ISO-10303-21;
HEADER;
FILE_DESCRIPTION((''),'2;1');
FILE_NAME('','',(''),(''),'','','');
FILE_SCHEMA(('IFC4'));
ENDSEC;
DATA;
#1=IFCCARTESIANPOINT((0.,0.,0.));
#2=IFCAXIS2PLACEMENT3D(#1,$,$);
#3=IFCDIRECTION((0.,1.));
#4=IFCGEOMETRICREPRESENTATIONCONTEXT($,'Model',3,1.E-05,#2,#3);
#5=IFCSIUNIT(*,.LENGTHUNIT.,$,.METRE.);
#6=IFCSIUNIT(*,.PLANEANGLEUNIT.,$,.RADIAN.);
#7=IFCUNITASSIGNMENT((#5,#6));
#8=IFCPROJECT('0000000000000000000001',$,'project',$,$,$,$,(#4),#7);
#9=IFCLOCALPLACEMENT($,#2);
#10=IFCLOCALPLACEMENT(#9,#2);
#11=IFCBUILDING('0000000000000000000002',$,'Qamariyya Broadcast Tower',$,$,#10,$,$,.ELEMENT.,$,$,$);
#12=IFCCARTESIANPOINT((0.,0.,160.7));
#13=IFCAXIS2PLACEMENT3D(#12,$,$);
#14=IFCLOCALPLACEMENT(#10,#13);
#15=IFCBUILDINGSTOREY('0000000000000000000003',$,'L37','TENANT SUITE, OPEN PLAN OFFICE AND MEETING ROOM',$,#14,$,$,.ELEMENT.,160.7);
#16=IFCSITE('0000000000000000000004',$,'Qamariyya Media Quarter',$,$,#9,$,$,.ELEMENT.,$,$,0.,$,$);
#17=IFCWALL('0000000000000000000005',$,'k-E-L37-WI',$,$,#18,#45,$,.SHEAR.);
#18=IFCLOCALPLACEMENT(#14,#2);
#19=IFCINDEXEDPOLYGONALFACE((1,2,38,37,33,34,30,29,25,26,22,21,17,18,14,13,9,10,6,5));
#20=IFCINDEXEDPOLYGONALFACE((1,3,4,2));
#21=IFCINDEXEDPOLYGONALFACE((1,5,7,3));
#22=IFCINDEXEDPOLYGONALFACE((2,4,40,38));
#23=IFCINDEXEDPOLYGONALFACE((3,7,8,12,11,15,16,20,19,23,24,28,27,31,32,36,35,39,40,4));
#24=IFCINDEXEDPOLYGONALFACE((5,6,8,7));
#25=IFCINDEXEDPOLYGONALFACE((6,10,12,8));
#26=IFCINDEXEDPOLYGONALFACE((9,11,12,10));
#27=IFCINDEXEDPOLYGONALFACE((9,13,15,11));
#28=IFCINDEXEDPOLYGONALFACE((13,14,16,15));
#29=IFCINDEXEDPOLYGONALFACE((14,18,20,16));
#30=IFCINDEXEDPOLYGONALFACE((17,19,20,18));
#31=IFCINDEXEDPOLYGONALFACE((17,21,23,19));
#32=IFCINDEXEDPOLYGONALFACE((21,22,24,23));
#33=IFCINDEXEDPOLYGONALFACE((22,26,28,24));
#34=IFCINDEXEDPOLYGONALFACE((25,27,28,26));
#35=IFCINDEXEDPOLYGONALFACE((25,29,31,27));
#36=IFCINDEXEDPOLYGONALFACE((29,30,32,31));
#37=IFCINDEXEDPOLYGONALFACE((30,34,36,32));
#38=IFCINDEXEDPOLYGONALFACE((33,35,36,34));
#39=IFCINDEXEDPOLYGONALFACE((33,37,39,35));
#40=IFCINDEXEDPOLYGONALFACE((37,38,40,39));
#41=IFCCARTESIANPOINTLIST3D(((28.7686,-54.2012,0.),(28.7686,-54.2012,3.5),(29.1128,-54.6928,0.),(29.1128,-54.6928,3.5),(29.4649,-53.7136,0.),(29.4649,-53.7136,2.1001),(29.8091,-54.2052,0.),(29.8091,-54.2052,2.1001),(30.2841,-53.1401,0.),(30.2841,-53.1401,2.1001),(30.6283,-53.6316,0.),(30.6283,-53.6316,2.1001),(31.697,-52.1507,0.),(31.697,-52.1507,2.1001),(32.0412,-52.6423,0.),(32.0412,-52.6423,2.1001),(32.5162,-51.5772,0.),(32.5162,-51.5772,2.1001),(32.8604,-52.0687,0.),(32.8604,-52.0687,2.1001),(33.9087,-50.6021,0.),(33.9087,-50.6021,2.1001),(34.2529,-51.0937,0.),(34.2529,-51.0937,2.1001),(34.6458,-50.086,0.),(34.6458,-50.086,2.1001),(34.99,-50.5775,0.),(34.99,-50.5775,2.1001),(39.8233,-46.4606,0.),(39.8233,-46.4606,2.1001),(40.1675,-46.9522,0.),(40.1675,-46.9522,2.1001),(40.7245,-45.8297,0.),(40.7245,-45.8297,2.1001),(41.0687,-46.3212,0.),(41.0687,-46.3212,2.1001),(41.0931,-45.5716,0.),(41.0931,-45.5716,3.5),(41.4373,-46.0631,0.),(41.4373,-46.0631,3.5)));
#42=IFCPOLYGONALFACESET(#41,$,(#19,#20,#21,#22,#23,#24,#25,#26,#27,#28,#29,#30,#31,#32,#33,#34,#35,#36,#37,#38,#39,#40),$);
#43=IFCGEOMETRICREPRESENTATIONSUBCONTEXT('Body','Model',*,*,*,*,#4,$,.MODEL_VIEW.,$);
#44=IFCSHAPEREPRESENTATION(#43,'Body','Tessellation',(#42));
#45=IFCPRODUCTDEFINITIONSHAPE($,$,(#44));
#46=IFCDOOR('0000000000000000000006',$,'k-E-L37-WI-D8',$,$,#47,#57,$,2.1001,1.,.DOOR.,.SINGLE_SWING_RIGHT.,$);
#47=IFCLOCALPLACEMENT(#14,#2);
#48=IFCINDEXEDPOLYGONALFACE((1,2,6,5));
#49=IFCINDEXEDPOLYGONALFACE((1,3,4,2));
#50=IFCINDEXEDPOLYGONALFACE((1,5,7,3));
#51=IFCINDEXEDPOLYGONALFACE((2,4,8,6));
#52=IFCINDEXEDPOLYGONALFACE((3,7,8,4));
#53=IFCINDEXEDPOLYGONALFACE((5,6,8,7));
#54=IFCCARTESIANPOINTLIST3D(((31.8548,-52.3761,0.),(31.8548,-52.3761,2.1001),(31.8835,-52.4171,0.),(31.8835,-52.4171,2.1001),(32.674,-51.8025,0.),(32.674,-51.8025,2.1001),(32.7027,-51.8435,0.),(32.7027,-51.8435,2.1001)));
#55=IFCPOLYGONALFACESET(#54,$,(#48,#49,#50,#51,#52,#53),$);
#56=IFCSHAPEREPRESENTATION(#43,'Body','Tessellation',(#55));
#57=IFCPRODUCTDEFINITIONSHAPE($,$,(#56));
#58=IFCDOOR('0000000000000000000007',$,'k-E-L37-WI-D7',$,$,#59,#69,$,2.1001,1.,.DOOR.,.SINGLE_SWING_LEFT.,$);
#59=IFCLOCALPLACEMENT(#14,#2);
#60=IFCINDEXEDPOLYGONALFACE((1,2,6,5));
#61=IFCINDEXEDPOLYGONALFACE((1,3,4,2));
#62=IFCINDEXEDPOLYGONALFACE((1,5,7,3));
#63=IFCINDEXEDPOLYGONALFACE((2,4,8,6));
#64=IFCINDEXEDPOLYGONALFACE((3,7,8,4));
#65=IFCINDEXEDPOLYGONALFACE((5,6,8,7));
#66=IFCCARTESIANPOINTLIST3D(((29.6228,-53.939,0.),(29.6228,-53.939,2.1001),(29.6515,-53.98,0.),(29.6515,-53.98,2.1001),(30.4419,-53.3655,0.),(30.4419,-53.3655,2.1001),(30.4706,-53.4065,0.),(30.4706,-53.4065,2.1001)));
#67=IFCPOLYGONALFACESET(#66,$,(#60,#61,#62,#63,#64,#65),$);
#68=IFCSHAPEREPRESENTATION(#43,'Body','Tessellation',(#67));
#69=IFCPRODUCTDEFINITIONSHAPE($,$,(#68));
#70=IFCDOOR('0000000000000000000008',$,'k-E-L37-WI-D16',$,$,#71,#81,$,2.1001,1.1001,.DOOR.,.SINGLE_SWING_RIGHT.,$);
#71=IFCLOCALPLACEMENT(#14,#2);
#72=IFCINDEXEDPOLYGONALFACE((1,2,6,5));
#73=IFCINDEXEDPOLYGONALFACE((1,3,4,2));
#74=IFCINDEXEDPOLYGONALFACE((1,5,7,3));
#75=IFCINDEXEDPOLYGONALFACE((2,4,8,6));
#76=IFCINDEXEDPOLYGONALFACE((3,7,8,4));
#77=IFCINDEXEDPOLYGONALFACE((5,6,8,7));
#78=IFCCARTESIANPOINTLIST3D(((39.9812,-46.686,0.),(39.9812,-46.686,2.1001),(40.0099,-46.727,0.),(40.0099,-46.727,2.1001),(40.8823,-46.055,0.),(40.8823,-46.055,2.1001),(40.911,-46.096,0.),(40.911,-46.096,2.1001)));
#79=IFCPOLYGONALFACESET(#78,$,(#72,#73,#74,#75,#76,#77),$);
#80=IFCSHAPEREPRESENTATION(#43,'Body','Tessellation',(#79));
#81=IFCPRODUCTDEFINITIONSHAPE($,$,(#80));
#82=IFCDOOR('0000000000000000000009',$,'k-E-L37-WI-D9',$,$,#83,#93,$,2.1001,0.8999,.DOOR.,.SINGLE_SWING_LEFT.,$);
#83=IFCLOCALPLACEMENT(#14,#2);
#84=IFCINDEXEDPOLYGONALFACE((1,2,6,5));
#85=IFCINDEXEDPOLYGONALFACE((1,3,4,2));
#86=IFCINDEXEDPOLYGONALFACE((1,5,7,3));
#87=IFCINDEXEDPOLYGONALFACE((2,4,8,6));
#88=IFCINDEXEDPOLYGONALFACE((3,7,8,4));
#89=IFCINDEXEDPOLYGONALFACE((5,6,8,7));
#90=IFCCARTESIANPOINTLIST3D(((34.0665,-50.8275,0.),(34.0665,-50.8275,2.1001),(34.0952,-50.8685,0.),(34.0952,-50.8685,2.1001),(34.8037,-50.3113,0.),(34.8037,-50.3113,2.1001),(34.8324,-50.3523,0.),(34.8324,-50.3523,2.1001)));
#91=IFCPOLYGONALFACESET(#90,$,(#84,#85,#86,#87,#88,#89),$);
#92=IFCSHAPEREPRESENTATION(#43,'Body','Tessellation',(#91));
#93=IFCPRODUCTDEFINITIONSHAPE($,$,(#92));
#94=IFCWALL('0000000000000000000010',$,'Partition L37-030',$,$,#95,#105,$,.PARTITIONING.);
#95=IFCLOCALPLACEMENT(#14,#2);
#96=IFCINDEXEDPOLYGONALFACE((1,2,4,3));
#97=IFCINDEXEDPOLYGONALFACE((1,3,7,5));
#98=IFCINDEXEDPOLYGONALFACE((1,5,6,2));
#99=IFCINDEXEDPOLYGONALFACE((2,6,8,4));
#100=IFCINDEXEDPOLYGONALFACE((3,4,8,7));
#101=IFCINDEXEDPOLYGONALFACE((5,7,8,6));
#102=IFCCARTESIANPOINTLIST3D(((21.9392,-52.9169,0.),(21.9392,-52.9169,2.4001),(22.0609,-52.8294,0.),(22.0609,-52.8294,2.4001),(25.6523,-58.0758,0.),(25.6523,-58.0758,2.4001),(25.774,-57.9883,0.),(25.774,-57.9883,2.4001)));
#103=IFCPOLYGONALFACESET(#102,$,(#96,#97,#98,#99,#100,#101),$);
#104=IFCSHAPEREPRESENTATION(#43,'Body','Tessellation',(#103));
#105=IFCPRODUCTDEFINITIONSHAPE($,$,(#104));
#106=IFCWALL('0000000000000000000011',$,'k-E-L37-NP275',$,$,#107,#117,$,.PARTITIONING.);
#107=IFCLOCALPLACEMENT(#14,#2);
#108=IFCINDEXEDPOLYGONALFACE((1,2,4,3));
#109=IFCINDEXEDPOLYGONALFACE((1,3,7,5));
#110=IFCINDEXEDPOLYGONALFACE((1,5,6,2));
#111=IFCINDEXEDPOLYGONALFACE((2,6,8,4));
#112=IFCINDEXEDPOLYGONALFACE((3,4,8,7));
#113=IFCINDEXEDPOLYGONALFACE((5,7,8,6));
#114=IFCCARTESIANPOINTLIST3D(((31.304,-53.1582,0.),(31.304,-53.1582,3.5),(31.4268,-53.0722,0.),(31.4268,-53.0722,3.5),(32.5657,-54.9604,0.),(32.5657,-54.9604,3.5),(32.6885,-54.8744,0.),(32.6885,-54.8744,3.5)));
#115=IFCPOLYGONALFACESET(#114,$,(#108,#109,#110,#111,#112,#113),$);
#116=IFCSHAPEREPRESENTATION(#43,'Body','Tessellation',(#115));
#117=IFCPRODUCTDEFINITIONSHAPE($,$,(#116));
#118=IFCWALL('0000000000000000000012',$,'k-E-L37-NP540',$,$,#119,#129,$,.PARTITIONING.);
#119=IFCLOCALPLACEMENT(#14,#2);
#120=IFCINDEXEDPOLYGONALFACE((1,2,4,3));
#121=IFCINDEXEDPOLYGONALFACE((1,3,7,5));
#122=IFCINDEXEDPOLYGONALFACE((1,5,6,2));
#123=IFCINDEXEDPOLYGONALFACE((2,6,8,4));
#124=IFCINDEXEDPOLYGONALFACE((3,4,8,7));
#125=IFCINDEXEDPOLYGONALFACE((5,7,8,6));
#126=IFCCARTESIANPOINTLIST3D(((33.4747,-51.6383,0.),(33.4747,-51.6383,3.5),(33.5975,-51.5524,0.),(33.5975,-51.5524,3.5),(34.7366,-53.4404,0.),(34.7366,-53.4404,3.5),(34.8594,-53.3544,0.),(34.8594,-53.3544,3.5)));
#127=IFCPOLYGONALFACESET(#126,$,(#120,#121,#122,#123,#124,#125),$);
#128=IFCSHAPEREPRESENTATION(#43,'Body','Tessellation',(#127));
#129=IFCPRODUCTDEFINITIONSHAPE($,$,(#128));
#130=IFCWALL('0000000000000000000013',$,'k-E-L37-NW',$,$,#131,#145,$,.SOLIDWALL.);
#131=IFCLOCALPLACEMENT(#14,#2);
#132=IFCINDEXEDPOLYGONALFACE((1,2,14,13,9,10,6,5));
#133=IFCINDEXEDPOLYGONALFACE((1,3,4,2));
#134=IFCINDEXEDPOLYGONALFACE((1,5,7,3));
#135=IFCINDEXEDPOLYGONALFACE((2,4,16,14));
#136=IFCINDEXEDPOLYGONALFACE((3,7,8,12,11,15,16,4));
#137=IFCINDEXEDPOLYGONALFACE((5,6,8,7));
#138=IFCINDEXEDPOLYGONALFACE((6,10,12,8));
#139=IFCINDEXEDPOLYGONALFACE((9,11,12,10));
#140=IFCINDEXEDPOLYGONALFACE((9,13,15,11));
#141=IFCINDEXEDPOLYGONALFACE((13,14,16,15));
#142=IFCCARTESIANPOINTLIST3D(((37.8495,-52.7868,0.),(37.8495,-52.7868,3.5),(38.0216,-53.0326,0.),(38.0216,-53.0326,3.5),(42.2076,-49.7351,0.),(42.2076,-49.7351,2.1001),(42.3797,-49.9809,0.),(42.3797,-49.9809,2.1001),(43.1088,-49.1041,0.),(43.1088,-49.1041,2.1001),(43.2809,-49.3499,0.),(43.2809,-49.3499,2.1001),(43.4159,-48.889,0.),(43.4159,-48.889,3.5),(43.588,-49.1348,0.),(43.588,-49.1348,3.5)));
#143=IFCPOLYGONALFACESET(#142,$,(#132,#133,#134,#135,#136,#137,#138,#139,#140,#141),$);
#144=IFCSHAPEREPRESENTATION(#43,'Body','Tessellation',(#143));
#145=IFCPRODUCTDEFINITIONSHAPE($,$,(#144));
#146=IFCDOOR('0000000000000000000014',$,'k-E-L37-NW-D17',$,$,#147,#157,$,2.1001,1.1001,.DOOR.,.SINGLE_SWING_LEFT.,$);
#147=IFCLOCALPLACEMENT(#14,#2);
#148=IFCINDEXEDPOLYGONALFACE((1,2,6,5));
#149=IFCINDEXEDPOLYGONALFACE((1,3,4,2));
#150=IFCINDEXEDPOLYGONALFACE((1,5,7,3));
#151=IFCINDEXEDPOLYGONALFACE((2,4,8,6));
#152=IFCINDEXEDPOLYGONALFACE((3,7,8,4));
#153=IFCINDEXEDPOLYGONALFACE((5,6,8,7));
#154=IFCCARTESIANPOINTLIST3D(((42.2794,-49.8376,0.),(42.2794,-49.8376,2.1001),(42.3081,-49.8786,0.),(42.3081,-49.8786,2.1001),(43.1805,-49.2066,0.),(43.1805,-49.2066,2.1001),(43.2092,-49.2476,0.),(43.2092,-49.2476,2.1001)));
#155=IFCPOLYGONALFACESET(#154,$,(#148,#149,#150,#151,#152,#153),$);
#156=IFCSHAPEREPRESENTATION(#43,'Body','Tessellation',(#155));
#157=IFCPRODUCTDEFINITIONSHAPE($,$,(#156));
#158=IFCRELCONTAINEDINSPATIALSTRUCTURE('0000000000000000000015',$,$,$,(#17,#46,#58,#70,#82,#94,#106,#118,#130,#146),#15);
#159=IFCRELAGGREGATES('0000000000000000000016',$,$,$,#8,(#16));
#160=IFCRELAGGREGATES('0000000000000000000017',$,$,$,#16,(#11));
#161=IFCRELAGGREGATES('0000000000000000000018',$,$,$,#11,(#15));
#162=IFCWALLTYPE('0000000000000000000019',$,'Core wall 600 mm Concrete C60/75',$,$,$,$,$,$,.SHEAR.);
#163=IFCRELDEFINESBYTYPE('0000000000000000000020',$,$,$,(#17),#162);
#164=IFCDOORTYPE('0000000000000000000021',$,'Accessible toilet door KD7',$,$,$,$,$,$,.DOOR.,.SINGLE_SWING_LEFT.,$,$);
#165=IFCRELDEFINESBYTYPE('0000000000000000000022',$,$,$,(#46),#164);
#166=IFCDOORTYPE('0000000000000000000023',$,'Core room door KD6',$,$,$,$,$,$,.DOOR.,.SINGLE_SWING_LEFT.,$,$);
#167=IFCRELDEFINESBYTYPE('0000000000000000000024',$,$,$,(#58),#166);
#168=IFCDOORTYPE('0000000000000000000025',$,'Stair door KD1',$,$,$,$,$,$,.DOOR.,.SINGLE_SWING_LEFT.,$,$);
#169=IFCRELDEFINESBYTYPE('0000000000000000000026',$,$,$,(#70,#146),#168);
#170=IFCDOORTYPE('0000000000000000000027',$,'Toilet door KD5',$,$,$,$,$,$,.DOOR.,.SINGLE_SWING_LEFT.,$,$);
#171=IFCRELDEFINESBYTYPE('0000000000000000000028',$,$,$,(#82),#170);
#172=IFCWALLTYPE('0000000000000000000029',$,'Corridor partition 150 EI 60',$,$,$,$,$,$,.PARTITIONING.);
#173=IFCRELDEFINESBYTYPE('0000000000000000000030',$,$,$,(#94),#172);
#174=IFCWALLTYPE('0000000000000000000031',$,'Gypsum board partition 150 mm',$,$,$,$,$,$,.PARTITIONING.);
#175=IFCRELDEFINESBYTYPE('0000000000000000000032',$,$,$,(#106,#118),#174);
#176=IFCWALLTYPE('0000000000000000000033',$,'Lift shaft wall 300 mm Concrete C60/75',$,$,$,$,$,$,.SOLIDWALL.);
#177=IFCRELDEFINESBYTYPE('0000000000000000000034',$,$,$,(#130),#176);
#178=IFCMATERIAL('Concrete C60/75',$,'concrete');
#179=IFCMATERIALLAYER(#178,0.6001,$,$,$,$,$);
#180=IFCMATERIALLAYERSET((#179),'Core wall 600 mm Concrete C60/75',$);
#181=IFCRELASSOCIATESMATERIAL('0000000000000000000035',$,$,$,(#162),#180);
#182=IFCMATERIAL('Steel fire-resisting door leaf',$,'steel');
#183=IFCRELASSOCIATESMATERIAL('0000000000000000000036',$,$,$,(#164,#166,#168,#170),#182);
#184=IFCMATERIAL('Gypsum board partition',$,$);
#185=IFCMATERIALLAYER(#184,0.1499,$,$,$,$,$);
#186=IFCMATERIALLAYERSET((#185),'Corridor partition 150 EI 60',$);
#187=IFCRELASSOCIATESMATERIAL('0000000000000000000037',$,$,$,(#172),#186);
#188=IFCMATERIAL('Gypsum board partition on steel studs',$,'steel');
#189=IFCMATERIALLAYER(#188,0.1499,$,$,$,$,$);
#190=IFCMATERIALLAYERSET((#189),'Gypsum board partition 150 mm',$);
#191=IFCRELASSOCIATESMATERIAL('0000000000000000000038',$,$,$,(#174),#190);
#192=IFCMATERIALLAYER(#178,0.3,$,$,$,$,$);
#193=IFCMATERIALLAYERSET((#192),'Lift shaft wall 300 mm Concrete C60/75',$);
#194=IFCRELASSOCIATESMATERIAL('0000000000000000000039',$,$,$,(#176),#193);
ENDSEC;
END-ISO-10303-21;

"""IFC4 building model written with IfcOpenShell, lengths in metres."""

from ifc_helpers import new_model, si_unit, direction, frame, frame_2d, origin, place, context, subcontext, project, spatial, rectangle, extrude, material, layer, layer_set, type_object, element, fill, save


model = new_model("IFC4")

# Units and contexts
model_context = context("Model", 3, precision=1e-05, world=origin(), true_north=direction((0.0, 1.0)))
body_context = subcontext(model_context, "Body", "Model", "MODEL_VIEW")
ifc_project = project(units=[si_unit("LENGTHUNIT", "METRE"), si_unit("PLANEANGLEUNIT", "RADIAN")], contexts=[model_context])

# Site, building, storey
site_placement = place(None, origin())
site = spatial("IfcSite", under=ifc_project, at=site_placement, Name="Qamariyya Media Quarter", CompositionType="ELEMENT", RefElevation=0.0)
building_placement = place(site_placement, origin())
building = spatial("IfcBuilding", under=site, at=building_placement, Name="Qamariyya Broadcast Tower", CompositionType="ELEMENT")
storey_placement = place(building_placement, frame((0.0, 0.0, 160.7)))
storey = spatial("IfcBuildingStorey", under=building, at=storey_placement, Name="L37", Description="TENANT SUITE, OPEN PLAN OFFICE AND MEETING ROOM", CompositionType="ELEMENT", Elevation=160.7)

# Shared definitions
ifc_material_1 = material(Name="Concrete C60/75", Category="concrete")

# Wall, openings, doors
ifc_layer_1 = layer(ifc_material_1, 0.6001)
ifc_layer_set_1 = layer_set([ifc_layer_1], Name="Core wall 600 mm Concrete C60/75")
wall_type_1 = type_object("IfcWallType", Name="Core wall 600 mm Concrete C60/75", PredefinedType="SHEAR", material=ifc_layer_set_1)
wall_1_placement = place(storey_placement, frame((28.9407, -54.447, 0.0), z_axis=(0.0, 0.0, 1.0), x_axis=(0.819153, 0.573575, 0.0)))
wall_1 = element("IfcWall", 1, at=wall_1_placement, inside=storey, type_object=wall_type_1, Name="k-E-L37-WI", PredefinedType="SHEAR", context=body_context, shape_type="SweptSolid", body=[
    extrude(rectangle(XDim=15.0454, YDim=0.6001, at=frame_2d((7.5227, 0.0))), origin(), (0.0, 0.0, 1.0), 3.5),
])
opening_1_placement = place(wall_1_placement, frame((0.8501, 0.0, 0.0)))
opening_1 = element("IfcOpeningElement", 2, at=opening_1_placement, cuts=wall_1, PredefinedType="OPENING", context=body_context, shape_type="SweptSolid", body=[
    extrude(rectangle(XDim=1.0, YDim=2.1001, at=frame_2d((0.5, 1.05))), frame((0.0, 0.3101, 0.0), z_axis=(0.0, -1.0, 0.0), x_axis=(1.0, 0.0, 0.0)), (0.0, 0.0, 1.0), 0.6201),
])
opening_2_placement = place(wall_1_placement, frame((3.575, 0.0, 0.0)))
opening_2 = element("IfcOpeningElement", 3, at=opening_2_placement, cuts=wall_1, PredefinedType="OPENING", context=body_context, shape_type="SweptSolid", body=[
    extrude(rectangle(XDim=1.0, YDim=2.1001, at=frame_2d((0.5, 1.05))), frame((0.0, 0.3101, 0.0), z_axis=(0.0, -1.0, 0.0), x_axis=(1.0, 0.0, 0.0)), (0.0, 0.0, 1.0), 0.6201),
])
opening_3_placement = place(wall_1_placement, frame((6.2749, 0.0, 0.0)))
opening_3 = element("IfcOpeningElement", 4, at=opening_3_placement, cuts=wall_1, PredefinedType="OPENING", context=body_context, shape_type="SweptSolid", body=[
    extrude(rectangle(XDim=0.8999, YDim=2.1001, at=frame_2d((0.45, 1.05))), frame((0.0, 0.3101, 0.0), z_axis=(0.0, -1.0, 0.0), x_axis=(1.0, 0.0, 0.0)), (0.0, 0.0, 1.0), 0.6201),
])
opening_4_placement = place(wall_1_placement, frame((13.4954, 0.0, 0.0)))
opening_4 = element("IfcOpeningElement", 5, at=opening_4_placement, cuts=wall_1, PredefinedType="OPENING", context=body_context, shape_type="SweptSolid", body=[
    extrude(rectangle(XDim=1.1001, YDim=2.1001, at=frame_2d((0.55, 1.05))), frame((0.0, 0.3101, 0.0), z_axis=(0.0, -1.0, 0.0), x_axis=(1.0, 0.0, 0.0)), (0.0, 0.0, 1.0), 0.6201),
])
ifc_material_2 = material(Name="Steel fire-resisting door leaf", Category="steel")
door_type_1 = type_object("IfcDoorType", Name="Accessible toilet door KD7", OperationType="SINGLE_SWING_LEFT", PredefinedType="DOOR", material=ifc_material_2)
door_1_placement = place(opening_2_placement, origin())
door_1 = element("IfcDoor", 6, at=door_1_placement, inside=storey, type_object=door_type_1, Name="k-E-L37-WI-D8", OperationType="SINGLE_SWING_RIGHT", OverallHeight=2.1001, OverallWidth=1.0, PredefinedType="DOOR", context=body_context, shape_type="SweptSolid", body=[
    extrude(rectangle(XDim=1.0, YDim=2.1001, at=frame_2d((0.5, 1.05))), frame((0.0, 0.0249, 0.0), z_axis=(0.0, -1.0, 0.0), x_axis=(1.0, 0.0, 0.0)), (0.0, 0.0, 1.0), 0.05),
])
fill(opening_2, door_1)
door_type_2 = type_object("IfcDoorType", Name="Core room door KD6", OperationType="SINGLE_SWING_LEFT", PredefinedType="DOOR", material=ifc_material_2)
door_2_placement = place(opening_1_placement, origin())
door_2 = element("IfcDoor", 7, at=door_2_placement, inside=storey, type_object=door_type_2, Name="k-E-L37-WI-D7", OperationType="SINGLE_SWING_LEFT", OverallHeight=2.1001, OverallWidth=1.0, PredefinedType="DOOR", context=body_context, shape_type="SweptSolid", body=[
    extrude(rectangle(XDim=1.0, YDim=2.1001, at=frame_2d((0.5, 1.05))), frame((0.0, 0.0249, 0.0), z_axis=(0.0, -1.0, 0.0), x_axis=(1.0, 0.0, 0.0)), (0.0, 0.0, 1.0), 0.05),
])
fill(opening_1, door_2)
door_type_3 = type_object("IfcDoorType", Name="Stair door KD1", OperationType="SINGLE_SWING_LEFT", PredefinedType="DOOR", material=ifc_material_2)
door_3_placement = place(opening_4_placement, origin())
door_3 = element("IfcDoor", 8, at=door_3_placement, inside=storey, type_object=door_type_3, Name="k-E-L37-WI-D16", OperationType="SINGLE_SWING_RIGHT", OverallHeight=2.1001, OverallWidth=1.1001, PredefinedType="DOOR", context=body_context, shape_type="SweptSolid", body=[
    extrude(rectangle(XDim=1.1001, YDim=2.1001, at=frame_2d((0.55, 1.05))), frame((0.0, 0.0249, 0.0), z_axis=(0.0, -1.0, 0.0), x_axis=(1.0, 0.0, 0.0)), (0.0, 0.0, 1.0), 0.05),
])
fill(opening_4, door_3)
door_type_4 = type_object("IfcDoorType", Name="Toilet door KD5", OperationType="SINGLE_SWING_LEFT", PredefinedType="DOOR", material=ifc_material_2)
door_4_placement = place(opening_3_placement, origin())
door_4 = element("IfcDoor", 9, at=door_4_placement, inside=storey, type_object=door_type_4, Name="k-E-L37-WI-D9", OperationType="SINGLE_SWING_LEFT", OverallHeight=2.1001, OverallWidth=0.8999, PredefinedType="DOOR", context=body_context, shape_type="SweptSolid", body=[
    extrude(rectangle(XDim=0.8999, YDim=2.1001, at=frame_2d((0.45, 1.05))), frame((0.0, 0.0249, 0.0), z_axis=(0.0, -1.0, 0.0), x_axis=(1.0, 0.0, 0.0)), (0.0, 0.0, 1.0), 0.05),
])
fill(opening_3, door_4)

# Walls
ifc_material_3 = material(Name="Gypsum board partition")
ifc_layer_2 = layer(ifc_material_3, 0.1499)
ifc_layer_set_2 = layer_set([ifc_layer_2], Name="Corridor partition 150 EI 60")
wall_type_2 = type_object("IfcWallType", Name="Corridor partition 150 EI 60", PredefinedType="PARTITIONING", material=ifc_layer_set_2)
wall_2_placement = place(storey_placement, frame((22.0, -52.873, 0.0), z_axis=(0.0, 0.0, 1.0), x_axis=(0.58417, -0.811631, 0.0)))
element("IfcWall", 10, at=wall_2_placement, inside=storey, type_object=wall_type_2, Name="Partition L37-030", PredefinedType="PARTITIONING", context=body_context, shape_type="SweptSolid", body=[
    extrude(rectangle(XDim=6.3562, YDim=0.1499, at=frame_2d((3.1782, 0.0))), origin(), (0.0, 0.0, 1.0), 2.4001),
])
ifc_material_4 = material(Name="Gypsum board partition on steel studs", Category="steel")
ifc_layer_3 = layer(ifc_material_4, 0.1499)
ifc_layer_set_3 = layer_set([ifc_layer_3], Name="Gypsum board partition 150 mm")
wall_type_3 = type_object("IfcWallType", Name="Gypsum board partition 150 mm", PredefinedType="PARTITIONING", material=ifc_layer_set_3)
for number, where, z_axis, x_axis, name in (
    (11, (32.6272, -54.9175, 0.0), (0.0, 0.0, 1.0), (-0.573507, 0.819201, 0.0), "k-E-L37-NP275"),
    (12, (34.7981, -53.3975, 0.0), (0.0, 0.0, 1.0), (-0.573634, 0.819112, 0.0), "k-E-L37-NP540"),
):
    element("IfcWall", number, at=place(storey_placement, frame(where, z_axis=z_axis, x_axis=x_axis)), inside=storey, type_object=wall_type_3, Name=name, PredefinedType="PARTITIONING", context=body_context, shape_type="SweptSolid", body=[
        extrude(rectangle(XDim=2.2, YDim=0.1499, at=frame_2d((1.1001, 0.0))), origin(), (0.0, 0.0, 1.0), 3.5),
    ])

# Wall, opening, door
ifc_layer_4 = layer(ifc_material_1, 0.3)
ifc_layer_set_4 = layer_set([ifc_layer_4], Name="Lift shaft wall 300 mm Concrete C60/75")
wall_type_4 = type_object("IfcWallType", Name="Lift shaft wall 300 mm Concrete C60/75", PredefinedType="SOLIDWALL", material=ifc_layer_set_4)
wall_3_placement = place(storey_placement, frame((37.9355, -52.9097, 0.0), z_axis=(0.0, 0.0, 1.0), x_axis=(0.819148, 0.573583, 0.0)))
wall_3 = element("IfcWall", 13, at=wall_3_placement, inside=storey, type_object=wall_type_4, Name="k-E-L37-NW", PredefinedType="SOLIDWALL", context=body_context, shape_type="SweptSolid", body=[
    extrude(rectangle(XDim=6.7954, YDim=0.3, at=frame_2d((3.3977, 0.0))), origin(), (0.0, 0.0, 1.0), 3.5),
])
opening_5_placement = place(wall_3_placement, frame((5.3203, 0.0, 0.0)))
opening_5 = element("IfcOpeningElement", 14, at=opening_5_placement, cuts=wall_3, PredefinedType="OPENING", context=body_context, shape_type="SweptSolid", body=[
    extrude(rectangle(XDim=1.1001, YDim=2.1001, at=frame_2d((0.55, 1.05))), frame((0.0, 0.1599, 0.0), z_axis=(0.0, -1.0, 0.0), x_axis=(1.0, 0.0, 0.0)), (0.0, 0.0, 1.0), 0.3201),
])
door_5_placement = place(opening_5_placement, origin())
door_5 = element("IfcDoor", 15, at=door_5_placement, inside=storey, type_object=door_type_3, Name="k-E-L37-NW-D17", OperationType="SINGLE_SWING_LEFT", OverallHeight=2.1001, OverallWidth=1.1001, PredefinedType="DOOR", context=body_context, shape_type="SweptSolid", body=[
    extrude(rectangle(XDim=1.1001, YDim=2.1001, at=frame_2d((0.55, 1.05))), frame((0.0, 0.0249, 0.0), z_axis=(0.0, -1.0, 0.0), x_axis=(1.0, 0.0, 0.0)), (0.0, 0.0, 1.0), 0.05),
])
fill(opening_5, door_5)

save(model, "model.ifc")
